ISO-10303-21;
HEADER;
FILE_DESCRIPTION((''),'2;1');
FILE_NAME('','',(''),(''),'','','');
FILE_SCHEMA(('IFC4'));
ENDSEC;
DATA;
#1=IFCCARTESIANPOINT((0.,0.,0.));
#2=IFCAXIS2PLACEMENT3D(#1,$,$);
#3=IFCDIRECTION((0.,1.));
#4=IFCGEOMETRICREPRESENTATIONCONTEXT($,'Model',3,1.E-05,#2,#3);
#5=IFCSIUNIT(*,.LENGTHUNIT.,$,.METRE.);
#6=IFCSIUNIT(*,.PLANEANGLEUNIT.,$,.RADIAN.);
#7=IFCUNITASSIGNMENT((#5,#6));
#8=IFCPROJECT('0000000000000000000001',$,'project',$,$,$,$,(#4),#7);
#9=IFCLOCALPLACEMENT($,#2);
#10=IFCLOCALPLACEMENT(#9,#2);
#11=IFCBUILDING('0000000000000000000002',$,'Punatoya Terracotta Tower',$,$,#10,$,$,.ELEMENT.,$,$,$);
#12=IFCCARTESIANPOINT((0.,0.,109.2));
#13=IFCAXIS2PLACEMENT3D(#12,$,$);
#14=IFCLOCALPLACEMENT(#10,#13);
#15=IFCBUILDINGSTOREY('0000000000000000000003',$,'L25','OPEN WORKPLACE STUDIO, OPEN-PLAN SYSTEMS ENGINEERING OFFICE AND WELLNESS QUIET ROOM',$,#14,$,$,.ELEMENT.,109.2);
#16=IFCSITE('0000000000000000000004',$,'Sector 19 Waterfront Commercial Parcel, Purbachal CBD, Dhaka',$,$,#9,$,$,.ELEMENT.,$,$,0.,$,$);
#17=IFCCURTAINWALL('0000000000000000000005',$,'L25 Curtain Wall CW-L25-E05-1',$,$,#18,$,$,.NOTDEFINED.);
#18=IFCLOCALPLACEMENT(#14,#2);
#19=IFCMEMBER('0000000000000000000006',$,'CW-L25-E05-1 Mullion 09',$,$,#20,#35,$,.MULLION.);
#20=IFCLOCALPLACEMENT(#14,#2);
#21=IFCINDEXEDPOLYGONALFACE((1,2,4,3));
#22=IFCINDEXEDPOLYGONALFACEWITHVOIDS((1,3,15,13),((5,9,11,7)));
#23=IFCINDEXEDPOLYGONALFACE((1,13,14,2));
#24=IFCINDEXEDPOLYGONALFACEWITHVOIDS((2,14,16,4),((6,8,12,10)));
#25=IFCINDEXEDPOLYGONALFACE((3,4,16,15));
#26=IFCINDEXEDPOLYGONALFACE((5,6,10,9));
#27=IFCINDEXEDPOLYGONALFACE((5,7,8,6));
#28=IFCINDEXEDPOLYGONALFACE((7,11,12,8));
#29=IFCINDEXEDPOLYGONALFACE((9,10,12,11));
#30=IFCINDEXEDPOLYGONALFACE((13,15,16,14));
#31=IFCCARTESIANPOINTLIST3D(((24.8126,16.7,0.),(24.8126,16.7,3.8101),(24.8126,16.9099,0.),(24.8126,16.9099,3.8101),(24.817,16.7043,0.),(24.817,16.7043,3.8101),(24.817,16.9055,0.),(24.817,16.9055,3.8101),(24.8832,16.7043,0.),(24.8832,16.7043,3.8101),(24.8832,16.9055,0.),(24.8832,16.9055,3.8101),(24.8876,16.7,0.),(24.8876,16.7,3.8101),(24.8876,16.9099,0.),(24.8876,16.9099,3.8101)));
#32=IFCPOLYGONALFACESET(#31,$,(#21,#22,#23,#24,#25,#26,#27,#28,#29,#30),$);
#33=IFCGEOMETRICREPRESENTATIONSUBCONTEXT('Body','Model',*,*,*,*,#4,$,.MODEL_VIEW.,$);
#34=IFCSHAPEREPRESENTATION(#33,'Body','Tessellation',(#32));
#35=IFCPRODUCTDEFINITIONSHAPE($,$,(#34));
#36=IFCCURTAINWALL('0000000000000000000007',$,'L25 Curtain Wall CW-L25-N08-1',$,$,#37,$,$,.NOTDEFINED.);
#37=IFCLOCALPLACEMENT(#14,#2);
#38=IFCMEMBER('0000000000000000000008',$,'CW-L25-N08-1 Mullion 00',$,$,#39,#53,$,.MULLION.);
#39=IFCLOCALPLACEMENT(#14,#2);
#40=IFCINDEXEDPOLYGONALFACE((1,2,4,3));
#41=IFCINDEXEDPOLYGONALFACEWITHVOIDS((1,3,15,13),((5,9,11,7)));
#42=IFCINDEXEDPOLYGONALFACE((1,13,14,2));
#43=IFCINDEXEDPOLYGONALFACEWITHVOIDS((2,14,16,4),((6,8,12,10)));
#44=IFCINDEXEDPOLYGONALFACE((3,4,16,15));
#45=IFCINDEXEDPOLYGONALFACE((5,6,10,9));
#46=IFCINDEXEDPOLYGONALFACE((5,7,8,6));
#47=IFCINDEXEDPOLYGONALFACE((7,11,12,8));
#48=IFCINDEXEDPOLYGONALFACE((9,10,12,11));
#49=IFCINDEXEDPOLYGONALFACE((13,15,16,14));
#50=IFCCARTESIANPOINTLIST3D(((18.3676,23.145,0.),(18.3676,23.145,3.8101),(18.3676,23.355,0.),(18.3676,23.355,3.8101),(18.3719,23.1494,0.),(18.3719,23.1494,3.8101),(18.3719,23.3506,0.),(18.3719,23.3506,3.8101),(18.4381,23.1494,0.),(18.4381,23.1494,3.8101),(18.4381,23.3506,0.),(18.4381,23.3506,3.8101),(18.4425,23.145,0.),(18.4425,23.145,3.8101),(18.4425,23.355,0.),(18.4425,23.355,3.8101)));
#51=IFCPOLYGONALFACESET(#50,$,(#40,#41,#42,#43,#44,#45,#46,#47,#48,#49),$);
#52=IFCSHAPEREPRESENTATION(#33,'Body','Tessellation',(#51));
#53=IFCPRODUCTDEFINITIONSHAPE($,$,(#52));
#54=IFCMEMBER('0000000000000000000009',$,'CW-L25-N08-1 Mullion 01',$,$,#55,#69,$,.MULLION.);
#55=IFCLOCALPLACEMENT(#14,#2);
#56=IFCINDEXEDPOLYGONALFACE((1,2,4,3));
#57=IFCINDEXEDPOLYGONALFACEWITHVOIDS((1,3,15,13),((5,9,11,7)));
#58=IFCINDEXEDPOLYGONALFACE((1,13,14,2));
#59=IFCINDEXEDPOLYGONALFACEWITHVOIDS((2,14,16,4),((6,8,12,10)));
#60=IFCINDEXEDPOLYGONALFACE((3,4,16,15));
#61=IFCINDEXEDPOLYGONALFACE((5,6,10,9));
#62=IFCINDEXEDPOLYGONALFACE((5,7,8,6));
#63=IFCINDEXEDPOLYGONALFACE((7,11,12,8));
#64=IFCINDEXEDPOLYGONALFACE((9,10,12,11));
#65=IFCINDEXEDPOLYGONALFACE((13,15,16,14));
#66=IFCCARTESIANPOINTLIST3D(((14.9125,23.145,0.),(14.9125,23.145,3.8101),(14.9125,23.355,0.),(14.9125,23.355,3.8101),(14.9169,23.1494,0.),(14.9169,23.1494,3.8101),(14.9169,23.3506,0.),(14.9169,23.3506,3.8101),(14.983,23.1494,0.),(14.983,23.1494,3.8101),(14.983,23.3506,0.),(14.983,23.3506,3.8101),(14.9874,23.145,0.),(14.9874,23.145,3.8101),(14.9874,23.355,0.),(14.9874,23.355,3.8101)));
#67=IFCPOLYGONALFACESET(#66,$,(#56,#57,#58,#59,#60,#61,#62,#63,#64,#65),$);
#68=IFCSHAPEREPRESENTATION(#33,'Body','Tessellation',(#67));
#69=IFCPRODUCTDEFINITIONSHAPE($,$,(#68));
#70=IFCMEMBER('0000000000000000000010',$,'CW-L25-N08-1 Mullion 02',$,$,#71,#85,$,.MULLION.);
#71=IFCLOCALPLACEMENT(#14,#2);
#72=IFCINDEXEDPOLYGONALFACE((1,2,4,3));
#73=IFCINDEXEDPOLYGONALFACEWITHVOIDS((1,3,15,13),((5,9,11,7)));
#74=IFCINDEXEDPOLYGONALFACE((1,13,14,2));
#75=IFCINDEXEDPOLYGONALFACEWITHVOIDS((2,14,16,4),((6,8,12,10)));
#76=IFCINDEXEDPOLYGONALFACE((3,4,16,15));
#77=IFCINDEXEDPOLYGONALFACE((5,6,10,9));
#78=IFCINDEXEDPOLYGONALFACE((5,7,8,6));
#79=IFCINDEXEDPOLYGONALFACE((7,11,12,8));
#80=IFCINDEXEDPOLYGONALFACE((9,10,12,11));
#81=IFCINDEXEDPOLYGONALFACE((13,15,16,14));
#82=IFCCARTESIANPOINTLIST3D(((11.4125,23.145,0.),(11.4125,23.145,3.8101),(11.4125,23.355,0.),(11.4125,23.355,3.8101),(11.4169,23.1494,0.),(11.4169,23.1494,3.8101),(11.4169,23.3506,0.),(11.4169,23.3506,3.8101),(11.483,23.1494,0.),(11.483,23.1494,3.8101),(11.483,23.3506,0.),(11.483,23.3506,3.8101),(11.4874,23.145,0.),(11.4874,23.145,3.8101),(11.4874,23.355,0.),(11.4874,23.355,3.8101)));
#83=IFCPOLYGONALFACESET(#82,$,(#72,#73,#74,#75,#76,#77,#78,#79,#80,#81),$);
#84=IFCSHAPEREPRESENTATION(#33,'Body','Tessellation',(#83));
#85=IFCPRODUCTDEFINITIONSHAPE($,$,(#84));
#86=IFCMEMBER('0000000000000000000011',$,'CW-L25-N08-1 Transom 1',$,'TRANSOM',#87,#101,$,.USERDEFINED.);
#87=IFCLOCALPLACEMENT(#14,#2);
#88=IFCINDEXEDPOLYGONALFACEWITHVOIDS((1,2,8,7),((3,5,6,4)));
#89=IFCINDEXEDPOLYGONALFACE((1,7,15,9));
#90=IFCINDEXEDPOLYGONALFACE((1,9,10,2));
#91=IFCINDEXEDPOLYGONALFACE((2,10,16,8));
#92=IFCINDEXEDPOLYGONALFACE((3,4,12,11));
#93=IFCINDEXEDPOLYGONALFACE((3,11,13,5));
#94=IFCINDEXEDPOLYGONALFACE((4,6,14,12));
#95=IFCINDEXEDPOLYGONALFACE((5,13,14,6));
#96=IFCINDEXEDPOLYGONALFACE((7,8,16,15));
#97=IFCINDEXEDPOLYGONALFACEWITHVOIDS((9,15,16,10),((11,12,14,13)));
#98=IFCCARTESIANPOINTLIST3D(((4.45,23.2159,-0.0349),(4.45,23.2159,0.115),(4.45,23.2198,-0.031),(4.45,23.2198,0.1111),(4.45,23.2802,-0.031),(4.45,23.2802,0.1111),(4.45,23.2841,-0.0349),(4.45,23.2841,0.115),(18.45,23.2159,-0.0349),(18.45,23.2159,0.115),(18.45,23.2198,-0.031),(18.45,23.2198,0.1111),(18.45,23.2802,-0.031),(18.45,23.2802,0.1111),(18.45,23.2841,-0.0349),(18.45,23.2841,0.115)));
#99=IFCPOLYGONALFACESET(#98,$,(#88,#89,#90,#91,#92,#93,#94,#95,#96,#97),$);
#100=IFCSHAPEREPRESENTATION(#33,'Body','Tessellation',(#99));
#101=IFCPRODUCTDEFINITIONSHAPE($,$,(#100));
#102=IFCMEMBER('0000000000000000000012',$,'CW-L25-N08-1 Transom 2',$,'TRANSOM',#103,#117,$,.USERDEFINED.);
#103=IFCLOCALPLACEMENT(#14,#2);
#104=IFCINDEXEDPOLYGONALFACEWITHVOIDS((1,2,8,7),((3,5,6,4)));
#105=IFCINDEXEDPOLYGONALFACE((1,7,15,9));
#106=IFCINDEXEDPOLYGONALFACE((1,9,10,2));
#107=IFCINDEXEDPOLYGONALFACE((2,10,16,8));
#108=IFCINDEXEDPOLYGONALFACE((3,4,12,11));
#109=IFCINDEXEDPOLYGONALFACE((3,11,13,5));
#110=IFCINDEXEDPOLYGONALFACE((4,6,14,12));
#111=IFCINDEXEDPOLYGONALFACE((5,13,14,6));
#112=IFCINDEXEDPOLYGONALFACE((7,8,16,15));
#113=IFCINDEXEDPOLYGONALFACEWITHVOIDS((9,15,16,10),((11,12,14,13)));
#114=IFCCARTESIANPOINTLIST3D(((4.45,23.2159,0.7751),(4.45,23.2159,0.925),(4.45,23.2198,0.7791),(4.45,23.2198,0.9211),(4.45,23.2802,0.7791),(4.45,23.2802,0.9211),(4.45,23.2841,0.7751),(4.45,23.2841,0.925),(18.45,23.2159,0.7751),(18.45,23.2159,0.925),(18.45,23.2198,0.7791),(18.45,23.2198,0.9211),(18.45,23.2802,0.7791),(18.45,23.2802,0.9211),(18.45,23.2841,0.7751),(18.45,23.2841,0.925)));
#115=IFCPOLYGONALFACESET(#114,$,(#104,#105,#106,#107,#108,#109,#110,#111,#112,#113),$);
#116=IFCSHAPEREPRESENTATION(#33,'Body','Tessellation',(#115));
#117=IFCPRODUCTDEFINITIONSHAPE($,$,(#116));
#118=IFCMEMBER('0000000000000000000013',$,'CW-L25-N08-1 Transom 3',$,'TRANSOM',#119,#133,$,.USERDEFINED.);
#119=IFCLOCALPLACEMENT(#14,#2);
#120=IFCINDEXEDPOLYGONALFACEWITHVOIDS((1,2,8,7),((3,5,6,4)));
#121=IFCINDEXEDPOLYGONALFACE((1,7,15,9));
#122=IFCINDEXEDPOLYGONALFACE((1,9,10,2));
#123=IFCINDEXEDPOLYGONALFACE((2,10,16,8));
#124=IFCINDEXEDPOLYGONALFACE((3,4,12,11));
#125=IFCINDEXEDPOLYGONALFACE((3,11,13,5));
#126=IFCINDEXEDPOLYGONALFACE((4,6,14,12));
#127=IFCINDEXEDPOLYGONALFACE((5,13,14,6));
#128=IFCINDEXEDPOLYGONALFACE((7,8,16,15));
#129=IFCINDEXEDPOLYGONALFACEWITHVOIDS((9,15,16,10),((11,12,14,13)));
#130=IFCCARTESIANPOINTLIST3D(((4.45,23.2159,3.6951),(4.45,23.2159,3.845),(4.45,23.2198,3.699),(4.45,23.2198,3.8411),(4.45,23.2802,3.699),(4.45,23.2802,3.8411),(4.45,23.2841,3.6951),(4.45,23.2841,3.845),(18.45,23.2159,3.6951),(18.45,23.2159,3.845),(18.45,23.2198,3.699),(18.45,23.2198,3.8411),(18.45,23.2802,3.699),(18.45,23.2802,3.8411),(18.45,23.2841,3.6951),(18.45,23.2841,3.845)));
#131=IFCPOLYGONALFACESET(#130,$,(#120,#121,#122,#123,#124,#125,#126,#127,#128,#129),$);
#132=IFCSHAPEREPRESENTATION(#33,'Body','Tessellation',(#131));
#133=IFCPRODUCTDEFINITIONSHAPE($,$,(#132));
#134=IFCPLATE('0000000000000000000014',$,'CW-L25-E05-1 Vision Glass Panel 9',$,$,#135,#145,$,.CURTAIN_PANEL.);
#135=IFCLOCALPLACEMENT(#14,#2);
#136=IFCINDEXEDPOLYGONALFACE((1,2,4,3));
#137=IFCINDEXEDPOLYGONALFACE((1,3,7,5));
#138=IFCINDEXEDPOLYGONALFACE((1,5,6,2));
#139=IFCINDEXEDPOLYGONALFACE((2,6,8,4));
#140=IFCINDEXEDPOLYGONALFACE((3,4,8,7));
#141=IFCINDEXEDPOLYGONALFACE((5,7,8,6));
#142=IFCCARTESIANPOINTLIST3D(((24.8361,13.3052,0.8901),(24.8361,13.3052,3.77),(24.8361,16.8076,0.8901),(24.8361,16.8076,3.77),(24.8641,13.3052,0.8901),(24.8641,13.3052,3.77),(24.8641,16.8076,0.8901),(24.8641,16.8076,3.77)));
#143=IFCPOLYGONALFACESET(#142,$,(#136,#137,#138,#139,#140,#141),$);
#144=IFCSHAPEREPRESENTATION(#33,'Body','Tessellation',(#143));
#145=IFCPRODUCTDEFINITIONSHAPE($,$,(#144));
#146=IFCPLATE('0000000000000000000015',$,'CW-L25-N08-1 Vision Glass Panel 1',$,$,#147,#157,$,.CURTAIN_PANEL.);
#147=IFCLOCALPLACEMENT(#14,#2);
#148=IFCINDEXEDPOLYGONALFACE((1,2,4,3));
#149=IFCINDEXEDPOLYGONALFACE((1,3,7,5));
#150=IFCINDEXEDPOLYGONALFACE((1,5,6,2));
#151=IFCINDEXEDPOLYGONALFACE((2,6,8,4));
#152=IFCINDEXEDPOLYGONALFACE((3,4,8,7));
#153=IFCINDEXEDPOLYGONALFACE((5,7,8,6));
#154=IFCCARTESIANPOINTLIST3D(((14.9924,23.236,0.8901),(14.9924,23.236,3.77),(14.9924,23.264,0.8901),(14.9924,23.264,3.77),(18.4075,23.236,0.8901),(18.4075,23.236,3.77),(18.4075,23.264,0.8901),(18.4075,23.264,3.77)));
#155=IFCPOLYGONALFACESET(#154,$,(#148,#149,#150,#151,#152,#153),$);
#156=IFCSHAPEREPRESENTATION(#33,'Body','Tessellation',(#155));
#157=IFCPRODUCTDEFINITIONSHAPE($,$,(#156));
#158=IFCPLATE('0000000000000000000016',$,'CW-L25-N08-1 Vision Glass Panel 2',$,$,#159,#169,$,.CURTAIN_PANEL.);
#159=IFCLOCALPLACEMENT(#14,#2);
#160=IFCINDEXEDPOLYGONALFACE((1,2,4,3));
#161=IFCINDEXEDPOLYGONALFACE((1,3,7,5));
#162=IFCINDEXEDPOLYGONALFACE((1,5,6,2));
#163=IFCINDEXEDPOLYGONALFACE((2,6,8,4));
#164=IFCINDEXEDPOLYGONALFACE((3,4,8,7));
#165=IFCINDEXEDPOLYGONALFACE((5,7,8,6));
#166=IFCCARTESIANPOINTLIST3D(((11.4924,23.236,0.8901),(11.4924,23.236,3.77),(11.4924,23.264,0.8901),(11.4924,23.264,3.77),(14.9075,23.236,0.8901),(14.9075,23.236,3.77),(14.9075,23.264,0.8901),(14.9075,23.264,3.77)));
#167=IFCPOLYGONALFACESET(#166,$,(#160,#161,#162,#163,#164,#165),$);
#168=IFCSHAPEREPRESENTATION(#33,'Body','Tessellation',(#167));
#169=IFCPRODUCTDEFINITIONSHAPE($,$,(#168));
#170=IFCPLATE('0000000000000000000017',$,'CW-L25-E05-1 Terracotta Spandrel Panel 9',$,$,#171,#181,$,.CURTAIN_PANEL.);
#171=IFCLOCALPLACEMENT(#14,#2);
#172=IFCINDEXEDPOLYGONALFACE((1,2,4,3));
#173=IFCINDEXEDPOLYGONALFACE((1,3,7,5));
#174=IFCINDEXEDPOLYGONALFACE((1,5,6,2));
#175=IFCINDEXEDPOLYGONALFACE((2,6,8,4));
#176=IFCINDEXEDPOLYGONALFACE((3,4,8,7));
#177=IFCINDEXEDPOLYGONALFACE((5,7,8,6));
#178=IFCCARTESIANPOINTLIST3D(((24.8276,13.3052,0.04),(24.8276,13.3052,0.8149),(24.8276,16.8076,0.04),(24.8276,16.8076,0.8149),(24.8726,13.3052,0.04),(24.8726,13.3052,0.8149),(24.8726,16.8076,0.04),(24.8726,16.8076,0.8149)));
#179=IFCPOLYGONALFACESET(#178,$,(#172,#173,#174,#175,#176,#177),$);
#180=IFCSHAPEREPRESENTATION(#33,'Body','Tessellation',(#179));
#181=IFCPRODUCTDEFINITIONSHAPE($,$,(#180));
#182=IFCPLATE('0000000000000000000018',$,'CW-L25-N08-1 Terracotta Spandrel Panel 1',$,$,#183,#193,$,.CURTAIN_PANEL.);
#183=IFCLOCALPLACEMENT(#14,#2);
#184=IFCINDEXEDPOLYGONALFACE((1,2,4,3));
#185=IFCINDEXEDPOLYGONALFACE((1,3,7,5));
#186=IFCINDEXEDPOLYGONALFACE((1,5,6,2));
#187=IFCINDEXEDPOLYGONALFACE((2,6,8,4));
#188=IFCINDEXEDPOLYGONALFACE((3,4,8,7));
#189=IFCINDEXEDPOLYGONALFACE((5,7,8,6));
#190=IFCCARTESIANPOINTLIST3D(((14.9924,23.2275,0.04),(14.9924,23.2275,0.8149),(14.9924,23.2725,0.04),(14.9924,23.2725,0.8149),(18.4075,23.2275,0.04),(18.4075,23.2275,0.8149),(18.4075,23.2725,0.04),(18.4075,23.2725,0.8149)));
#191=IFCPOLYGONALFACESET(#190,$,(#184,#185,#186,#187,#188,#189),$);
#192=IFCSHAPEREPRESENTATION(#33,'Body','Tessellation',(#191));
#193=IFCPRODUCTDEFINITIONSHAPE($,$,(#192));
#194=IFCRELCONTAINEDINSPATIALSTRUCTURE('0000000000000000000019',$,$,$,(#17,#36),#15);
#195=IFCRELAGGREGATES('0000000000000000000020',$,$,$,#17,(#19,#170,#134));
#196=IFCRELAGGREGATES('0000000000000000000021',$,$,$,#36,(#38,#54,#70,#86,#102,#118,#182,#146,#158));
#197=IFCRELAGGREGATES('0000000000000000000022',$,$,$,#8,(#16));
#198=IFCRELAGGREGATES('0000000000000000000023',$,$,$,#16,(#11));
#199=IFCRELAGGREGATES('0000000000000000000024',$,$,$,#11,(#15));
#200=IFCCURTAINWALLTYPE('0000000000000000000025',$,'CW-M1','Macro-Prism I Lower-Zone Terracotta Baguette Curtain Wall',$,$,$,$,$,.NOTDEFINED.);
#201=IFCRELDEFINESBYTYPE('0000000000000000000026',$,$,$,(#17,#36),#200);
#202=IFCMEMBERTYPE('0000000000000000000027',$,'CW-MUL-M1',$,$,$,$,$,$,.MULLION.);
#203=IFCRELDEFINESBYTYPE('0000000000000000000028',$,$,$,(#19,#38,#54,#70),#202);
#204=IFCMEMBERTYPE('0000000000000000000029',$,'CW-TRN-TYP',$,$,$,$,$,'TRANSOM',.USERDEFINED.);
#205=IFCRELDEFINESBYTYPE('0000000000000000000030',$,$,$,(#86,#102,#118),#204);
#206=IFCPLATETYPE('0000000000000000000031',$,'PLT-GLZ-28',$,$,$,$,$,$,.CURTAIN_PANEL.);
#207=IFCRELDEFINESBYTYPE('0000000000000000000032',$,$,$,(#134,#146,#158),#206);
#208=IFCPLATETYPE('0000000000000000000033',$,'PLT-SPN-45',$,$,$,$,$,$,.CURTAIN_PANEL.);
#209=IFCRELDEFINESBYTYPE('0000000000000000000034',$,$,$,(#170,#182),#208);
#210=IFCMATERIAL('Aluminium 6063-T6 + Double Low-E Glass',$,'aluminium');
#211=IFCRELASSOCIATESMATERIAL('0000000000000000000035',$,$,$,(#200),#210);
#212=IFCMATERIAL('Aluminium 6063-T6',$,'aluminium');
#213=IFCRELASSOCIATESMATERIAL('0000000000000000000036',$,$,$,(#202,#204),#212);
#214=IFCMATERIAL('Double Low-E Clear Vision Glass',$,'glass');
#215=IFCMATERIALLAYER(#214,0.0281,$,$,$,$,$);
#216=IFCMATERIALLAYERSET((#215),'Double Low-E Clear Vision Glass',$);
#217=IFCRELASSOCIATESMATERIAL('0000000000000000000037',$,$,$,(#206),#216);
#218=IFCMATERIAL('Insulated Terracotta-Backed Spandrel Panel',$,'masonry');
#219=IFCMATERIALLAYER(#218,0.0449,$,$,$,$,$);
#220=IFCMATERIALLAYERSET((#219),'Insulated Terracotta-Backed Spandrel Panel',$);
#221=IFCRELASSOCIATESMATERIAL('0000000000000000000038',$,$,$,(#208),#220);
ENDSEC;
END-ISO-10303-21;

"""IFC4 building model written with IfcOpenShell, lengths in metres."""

from ifc_helpers import new_model, si_unit, direction, frame, origin, origin_2d, place, context, subcontext, project, spatial, rectangle, hollow_rectangle, extrude, material, layer, layer_set, material_profile, profile_set, type_object, element, aggregate, save


model = new_model("IFC4")

# Units and contexts
model_context = context("Model", 3, precision=1e-05, world=origin(), true_north=direction((0.0, 1.0)))
body_context = subcontext(model_context, "Body", "Model", "MODEL_VIEW")
ifc_project = project(units=[si_unit("LENGTHUNIT", "METRE"), si_unit("PLANEANGLEUNIT", "RADIAN")], contexts=[model_context])

# Site, building, storey
site_placement = place(None, origin())
site = spatial("IfcSite", under=ifc_project, at=site_placement, Name="Sector 19 Waterfront Commercial Parcel, Purbachal CBD, Dhaka", CompositionType="ELEMENT", RefElevation=0.0)
building_placement = place(site_placement, origin())
building = spatial("IfcBuilding", under=site, at=building_placement, Name="Punatoya Terracotta Tower", CompositionType="ELEMENT")
storey_placement = place(building_placement, frame((0.0, 0.0, 109.2)))
storey = spatial("IfcBuildingStorey", under=building, at=storey_placement, Name="L25", Description="OPEN WORKPLACE STUDIO, OPEN-PLAN SYSTEMS ENGINEERING OFFICE AND WELLNESS QUIET ROOM", CompositionType="ELEMENT", Elevation=109.2)

# Curtain walls, members
ifc_material_1 = material(Name="Aluminium 6063-T6 + Double Low-E Glass", Category="aluminium")
curtain_wall_type = type_object("IfcCurtainWallType", Name="CW-M1", Description="Macro-Prism I Lower-Zone Terracotta Baguette Curtain Wall", PredefinedType="NOTDEFINED", material=ifc_material_1)
curtain_wall_1_placement = place(storey_placement, origin())
curtain_wall_1 = element("IfcCurtainWall", 1, at=curtain_wall_1_placement, inside=storey, type_object=curtain_wall_type, Name="L25 Curtain Wall CW-L25-E05-1", PredefinedType="NOTDEFINED")
ifc_material_2 = material(Name="Aluminium 6063-T6", Category="aluminium")
ifc_material_profile_1 = material_profile(ifc_material_2, hollow_rectangle(XDim=0.075, YDim=0.21, WallThickness=0.0044, at=origin_2d()))
ifc_profile_set_1 = profile_set([ifc_material_profile_1], Name="Aluminium 6063-T6")
member_type_1 = type_object("IfcMemberType", Name="CW-MUL-M1", PredefinedType="MULLION", material=ifc_profile_set_1)
member_1_placement = place(storey_placement, frame((24.8501, 16.8049, 0.0), z_axis=(0.0, 0.0, 1.0), x_axis=(1.0, 0.0, 0.0)))
member_1 = element("IfcMember", 2, at=member_1_placement, type_object=member_type_1, Name="CW-L25-E05-1 Mullion 09", PredefinedType="MULLION", context=body_context, shape_type="SweptSolid", body=[
    extrude(hollow_rectangle(XDim=0.075, YDim=0.21, WallThickness=0.0044, at=origin_2d()), origin(), (0.0, 0.0, 1.0), 3.8101),
])
curtain_wall_2_placement = place(storey_placement, origin())
curtain_wall_2 = element("IfcCurtainWall", 3, at=curtain_wall_2_placement, inside=storey, type_object=curtain_wall_type, Name="L25 Curtain Wall CW-L25-N08-1", PredefinedType="NOTDEFINED")
member_2_placement = place(storey_placement, frame((18.405, 23.25, 0.0), z_axis=(0.0, 0.0, 1.0), x_axis=(1.0, 0.0, 0.0)))
member_2 = element("IfcMember", 4, at=member_2_placement, type_object=member_type_1, Name="CW-L25-N08-1 Mullion 00", PredefinedType="MULLION", context=body_context, shape_type="SweptSolid", body=[
    extrude(hollow_rectangle(XDim=0.075, YDim=0.21, WallThickness=0.0044, at=origin_2d()), origin(), (0.0, 0.0, 1.0), 3.8101),
])
member_3_placement = place(storey_placement, frame((14.95, 23.25, 0.0), z_axis=(0.0, 0.0, 1.0), x_axis=(1.0, 0.0, 0.0)))
member_3 = element("IfcMember", 5, at=member_3_placement, type_object=member_type_1, Name="CW-L25-N08-1 Mullion 01", PredefinedType="MULLION", context=body_context, shape_type="SweptSolid", body=[
    extrude(hollow_rectangle(XDim=0.075, YDim=0.21, WallThickness=0.0044, at=origin_2d()), origin(), (0.0, 0.0, 1.0), 3.8101),
])
member_4_placement = place(storey_placement, frame((11.45, 23.25, 0.0), z_axis=(0.0, 0.0, 1.0), x_axis=(1.0, 0.0, 0.0)))
member_4 = element("IfcMember", 6, at=member_4_placement, type_object=member_type_1, Name="CW-L25-N08-1 Mullion 02", PredefinedType="MULLION", context=body_context, shape_type="SweptSolid", body=[
    extrude(hollow_rectangle(XDim=0.075, YDim=0.21, WallThickness=0.0044, at=origin_2d()), origin(), (0.0, 0.0, 1.0), 3.8101),
])
ifc_material_profile_2 = material_profile(ifc_material_2, hollow_rectangle(XDim=0.0681, YDim=0.1499, WallThickness=0.0039, at=origin_2d()))
ifc_profile_set_2 = profile_set([ifc_material_profile_2], Name="Aluminium 6063-T6")
member_type_2 = type_object("IfcMemberType", Name="CW-TRN-TYP", ElementType="TRANSOM", PredefinedType="USERDEFINED", material=ifc_profile_set_2)
member_5_placement = place(storey_placement, frame((18.45, 23.25, 0.04), z_axis=(-1.0, 0.0, 0.0), x_axis=(0.0, -1.0, 0.0)))
member_5 = element("IfcMember", 7, at=member_5_placement, type_object=member_type_2, Name="CW-L25-N08-1 Transom 1", ObjectType="TRANSOM", PredefinedType="USERDEFINED", context=body_context, shape_type="SweptSolid", body=[
    extrude(hollow_rectangle(XDim=0.0681, YDim=0.1499, WallThickness=0.0039, at=origin_2d()), origin(), (0.0, 0.0, 1.0), 14.0),
])
member_6_placement = place(storey_placement, frame((18.45, 23.25, 0.8501), z_axis=(-1.0, 0.0, 0.0), x_axis=(0.0, -1.0, 0.0)))
member_6 = element("IfcMember", 8, at=member_6_placement, type_object=member_type_2, Name="CW-L25-N08-1 Transom 2", ObjectType="TRANSOM", PredefinedType="USERDEFINED", context=body_context, shape_type="SweptSolid", body=[
    extrude(hollow_rectangle(XDim=0.0681, YDim=0.1499, WallThickness=0.0039, at=origin_2d()), origin(), (0.0, 0.0, 1.0), 14.0),
])
member_7_placement = place(storey_placement, frame((18.45, 23.25, 3.77), z_axis=(-1.0, 0.0, 0.0), x_axis=(0.0, -1.0, 0.0)))
member_7 = element("IfcMember", 9, at=member_7_placement, type_object=member_type_2, Name="CW-L25-N08-1 Transom 3", ObjectType="TRANSOM", PredefinedType="USERDEFINED", context=body_context, shape_type="SweptSolid", body=[
    extrude(hollow_rectangle(XDim=0.0681, YDim=0.1499, WallThickness=0.0039, at=origin_2d()), origin(), (0.0, 0.0, 1.0), 14.0),
])

# Plates
ifc_material_3 = material(Name="Double Low-E Clear Vision Glass", Category="glass")
ifc_layer_1 = layer(ifc_material_3, 0.0281)
ifc_layer_set_1 = layer_set([ifc_layer_1], Name="Double Low-E Clear Vision Glass")
plate_type_1 = type_object("IfcPlateType", Name="PLT-GLZ-28", PredefinedType="CURTAIN_PANEL", material=ifc_layer_set_1)
plate_1_placement = place(storey_placement, frame((24.8501, 15.0564, 0.8901), z_axis=(0.0, 0.0, 1.0), x_axis=(0.0, 1.0, 0.0)))
plate_1 = element("IfcPlate", 10, at=plate_1_placement, type_object=plate_type_1, Name="CW-L25-E05-1 Vision Glass Panel 9", PredefinedType="CURTAIN_PANEL", context=body_context, shape_type="SweptSolid", body=[
    extrude(rectangle(XDim=3.5024, YDim=0.0281, at=origin_2d()), origin(), (0.0, 0.0, 1.0), 2.8799),
])
plate_2_placement = place(storey_placement, frame((16.7, 23.25, 0.8901), z_axis=(0.0, 0.0, 1.0), x_axis=(-1.0, 0.0, 0.0)))
plate_2 = element("IfcPlate", 11, at=plate_2_placement, type_object=plate_type_1, Name="CW-L25-N08-1 Vision Glass Panel 1", PredefinedType="CURTAIN_PANEL", context=body_context, shape_type="SweptSolid", body=[
    extrude(rectangle(XDim=3.415, YDim=0.0281, at=origin_2d()), origin(), (0.0, 0.0, 1.0), 2.8799),
])
plate_3_placement = place(storey_placement, frame((13.2, 23.25, 0.8901), z_axis=(0.0, 0.0, 1.0), x_axis=(-1.0, 0.0, 0.0)))
plate_3 = element("IfcPlate", 12, at=plate_3_placement, type_object=plate_type_1, Name="CW-L25-N08-1 Vision Glass Panel 2", PredefinedType="CURTAIN_PANEL", context=body_context, shape_type="SweptSolid", body=[
    extrude(rectangle(XDim=3.415, YDim=0.0281, at=origin_2d()), origin(), (0.0, 0.0, 1.0), 2.8799),
])
ifc_material_4 = material(Name="Insulated Terracotta-Backed Spandrel Panel", Category="masonry")
ifc_layer_2 = layer(ifc_material_4, 0.0449)
ifc_layer_set_2 = layer_set([ifc_layer_2], Name="Insulated Terracotta-Backed Spandrel Panel")
plate_type_2 = type_object("IfcPlateType", Name="PLT-SPN-45", PredefinedType="CURTAIN_PANEL", material=ifc_layer_set_2)
plate_4_placement = place(storey_placement, frame((24.8501, 15.0564, 0.04), z_axis=(0.0, 0.0, 1.0), x_axis=(0.0, 1.0, 0.0)))
plate_4 = element("IfcPlate", 13, at=plate_4_placement, type_object=plate_type_2, Name="CW-L25-E05-1 Terracotta Spandrel Panel 9", PredefinedType="CURTAIN_PANEL", context=body_context, shape_type="SweptSolid", body=[
    extrude(rectangle(XDim=3.5024, YDim=0.0449, at=origin_2d()), origin(), (0.0, 0.0, 1.0), 0.7749),
])
aggregate(curtain_wall_1, [member_1, plate_4, plate_1])
plate_5_placement = place(storey_placement, frame((16.7, 23.25, 0.04), z_axis=(0.0, 0.0, 1.0), x_axis=(-1.0, 0.0, 0.0)))
plate_5 = element("IfcPlate", 14, at=plate_5_placement, type_object=plate_type_2, Name="CW-L25-N08-1 Terracotta Spandrel Panel 1", PredefinedType="CURTAIN_PANEL", context=body_context, shape_type="SweptSolid", body=[
    extrude(rectangle(XDim=3.415, YDim=0.0449, at=origin_2d()), origin(), (0.0, 0.0, 1.0), 0.7749),
])
aggregate(curtain_wall_2, [member_2, member_3, member_4, member_5, member_6, member_7, plate_5, plate_2, plate_3])

save(model, "model.ifc")
